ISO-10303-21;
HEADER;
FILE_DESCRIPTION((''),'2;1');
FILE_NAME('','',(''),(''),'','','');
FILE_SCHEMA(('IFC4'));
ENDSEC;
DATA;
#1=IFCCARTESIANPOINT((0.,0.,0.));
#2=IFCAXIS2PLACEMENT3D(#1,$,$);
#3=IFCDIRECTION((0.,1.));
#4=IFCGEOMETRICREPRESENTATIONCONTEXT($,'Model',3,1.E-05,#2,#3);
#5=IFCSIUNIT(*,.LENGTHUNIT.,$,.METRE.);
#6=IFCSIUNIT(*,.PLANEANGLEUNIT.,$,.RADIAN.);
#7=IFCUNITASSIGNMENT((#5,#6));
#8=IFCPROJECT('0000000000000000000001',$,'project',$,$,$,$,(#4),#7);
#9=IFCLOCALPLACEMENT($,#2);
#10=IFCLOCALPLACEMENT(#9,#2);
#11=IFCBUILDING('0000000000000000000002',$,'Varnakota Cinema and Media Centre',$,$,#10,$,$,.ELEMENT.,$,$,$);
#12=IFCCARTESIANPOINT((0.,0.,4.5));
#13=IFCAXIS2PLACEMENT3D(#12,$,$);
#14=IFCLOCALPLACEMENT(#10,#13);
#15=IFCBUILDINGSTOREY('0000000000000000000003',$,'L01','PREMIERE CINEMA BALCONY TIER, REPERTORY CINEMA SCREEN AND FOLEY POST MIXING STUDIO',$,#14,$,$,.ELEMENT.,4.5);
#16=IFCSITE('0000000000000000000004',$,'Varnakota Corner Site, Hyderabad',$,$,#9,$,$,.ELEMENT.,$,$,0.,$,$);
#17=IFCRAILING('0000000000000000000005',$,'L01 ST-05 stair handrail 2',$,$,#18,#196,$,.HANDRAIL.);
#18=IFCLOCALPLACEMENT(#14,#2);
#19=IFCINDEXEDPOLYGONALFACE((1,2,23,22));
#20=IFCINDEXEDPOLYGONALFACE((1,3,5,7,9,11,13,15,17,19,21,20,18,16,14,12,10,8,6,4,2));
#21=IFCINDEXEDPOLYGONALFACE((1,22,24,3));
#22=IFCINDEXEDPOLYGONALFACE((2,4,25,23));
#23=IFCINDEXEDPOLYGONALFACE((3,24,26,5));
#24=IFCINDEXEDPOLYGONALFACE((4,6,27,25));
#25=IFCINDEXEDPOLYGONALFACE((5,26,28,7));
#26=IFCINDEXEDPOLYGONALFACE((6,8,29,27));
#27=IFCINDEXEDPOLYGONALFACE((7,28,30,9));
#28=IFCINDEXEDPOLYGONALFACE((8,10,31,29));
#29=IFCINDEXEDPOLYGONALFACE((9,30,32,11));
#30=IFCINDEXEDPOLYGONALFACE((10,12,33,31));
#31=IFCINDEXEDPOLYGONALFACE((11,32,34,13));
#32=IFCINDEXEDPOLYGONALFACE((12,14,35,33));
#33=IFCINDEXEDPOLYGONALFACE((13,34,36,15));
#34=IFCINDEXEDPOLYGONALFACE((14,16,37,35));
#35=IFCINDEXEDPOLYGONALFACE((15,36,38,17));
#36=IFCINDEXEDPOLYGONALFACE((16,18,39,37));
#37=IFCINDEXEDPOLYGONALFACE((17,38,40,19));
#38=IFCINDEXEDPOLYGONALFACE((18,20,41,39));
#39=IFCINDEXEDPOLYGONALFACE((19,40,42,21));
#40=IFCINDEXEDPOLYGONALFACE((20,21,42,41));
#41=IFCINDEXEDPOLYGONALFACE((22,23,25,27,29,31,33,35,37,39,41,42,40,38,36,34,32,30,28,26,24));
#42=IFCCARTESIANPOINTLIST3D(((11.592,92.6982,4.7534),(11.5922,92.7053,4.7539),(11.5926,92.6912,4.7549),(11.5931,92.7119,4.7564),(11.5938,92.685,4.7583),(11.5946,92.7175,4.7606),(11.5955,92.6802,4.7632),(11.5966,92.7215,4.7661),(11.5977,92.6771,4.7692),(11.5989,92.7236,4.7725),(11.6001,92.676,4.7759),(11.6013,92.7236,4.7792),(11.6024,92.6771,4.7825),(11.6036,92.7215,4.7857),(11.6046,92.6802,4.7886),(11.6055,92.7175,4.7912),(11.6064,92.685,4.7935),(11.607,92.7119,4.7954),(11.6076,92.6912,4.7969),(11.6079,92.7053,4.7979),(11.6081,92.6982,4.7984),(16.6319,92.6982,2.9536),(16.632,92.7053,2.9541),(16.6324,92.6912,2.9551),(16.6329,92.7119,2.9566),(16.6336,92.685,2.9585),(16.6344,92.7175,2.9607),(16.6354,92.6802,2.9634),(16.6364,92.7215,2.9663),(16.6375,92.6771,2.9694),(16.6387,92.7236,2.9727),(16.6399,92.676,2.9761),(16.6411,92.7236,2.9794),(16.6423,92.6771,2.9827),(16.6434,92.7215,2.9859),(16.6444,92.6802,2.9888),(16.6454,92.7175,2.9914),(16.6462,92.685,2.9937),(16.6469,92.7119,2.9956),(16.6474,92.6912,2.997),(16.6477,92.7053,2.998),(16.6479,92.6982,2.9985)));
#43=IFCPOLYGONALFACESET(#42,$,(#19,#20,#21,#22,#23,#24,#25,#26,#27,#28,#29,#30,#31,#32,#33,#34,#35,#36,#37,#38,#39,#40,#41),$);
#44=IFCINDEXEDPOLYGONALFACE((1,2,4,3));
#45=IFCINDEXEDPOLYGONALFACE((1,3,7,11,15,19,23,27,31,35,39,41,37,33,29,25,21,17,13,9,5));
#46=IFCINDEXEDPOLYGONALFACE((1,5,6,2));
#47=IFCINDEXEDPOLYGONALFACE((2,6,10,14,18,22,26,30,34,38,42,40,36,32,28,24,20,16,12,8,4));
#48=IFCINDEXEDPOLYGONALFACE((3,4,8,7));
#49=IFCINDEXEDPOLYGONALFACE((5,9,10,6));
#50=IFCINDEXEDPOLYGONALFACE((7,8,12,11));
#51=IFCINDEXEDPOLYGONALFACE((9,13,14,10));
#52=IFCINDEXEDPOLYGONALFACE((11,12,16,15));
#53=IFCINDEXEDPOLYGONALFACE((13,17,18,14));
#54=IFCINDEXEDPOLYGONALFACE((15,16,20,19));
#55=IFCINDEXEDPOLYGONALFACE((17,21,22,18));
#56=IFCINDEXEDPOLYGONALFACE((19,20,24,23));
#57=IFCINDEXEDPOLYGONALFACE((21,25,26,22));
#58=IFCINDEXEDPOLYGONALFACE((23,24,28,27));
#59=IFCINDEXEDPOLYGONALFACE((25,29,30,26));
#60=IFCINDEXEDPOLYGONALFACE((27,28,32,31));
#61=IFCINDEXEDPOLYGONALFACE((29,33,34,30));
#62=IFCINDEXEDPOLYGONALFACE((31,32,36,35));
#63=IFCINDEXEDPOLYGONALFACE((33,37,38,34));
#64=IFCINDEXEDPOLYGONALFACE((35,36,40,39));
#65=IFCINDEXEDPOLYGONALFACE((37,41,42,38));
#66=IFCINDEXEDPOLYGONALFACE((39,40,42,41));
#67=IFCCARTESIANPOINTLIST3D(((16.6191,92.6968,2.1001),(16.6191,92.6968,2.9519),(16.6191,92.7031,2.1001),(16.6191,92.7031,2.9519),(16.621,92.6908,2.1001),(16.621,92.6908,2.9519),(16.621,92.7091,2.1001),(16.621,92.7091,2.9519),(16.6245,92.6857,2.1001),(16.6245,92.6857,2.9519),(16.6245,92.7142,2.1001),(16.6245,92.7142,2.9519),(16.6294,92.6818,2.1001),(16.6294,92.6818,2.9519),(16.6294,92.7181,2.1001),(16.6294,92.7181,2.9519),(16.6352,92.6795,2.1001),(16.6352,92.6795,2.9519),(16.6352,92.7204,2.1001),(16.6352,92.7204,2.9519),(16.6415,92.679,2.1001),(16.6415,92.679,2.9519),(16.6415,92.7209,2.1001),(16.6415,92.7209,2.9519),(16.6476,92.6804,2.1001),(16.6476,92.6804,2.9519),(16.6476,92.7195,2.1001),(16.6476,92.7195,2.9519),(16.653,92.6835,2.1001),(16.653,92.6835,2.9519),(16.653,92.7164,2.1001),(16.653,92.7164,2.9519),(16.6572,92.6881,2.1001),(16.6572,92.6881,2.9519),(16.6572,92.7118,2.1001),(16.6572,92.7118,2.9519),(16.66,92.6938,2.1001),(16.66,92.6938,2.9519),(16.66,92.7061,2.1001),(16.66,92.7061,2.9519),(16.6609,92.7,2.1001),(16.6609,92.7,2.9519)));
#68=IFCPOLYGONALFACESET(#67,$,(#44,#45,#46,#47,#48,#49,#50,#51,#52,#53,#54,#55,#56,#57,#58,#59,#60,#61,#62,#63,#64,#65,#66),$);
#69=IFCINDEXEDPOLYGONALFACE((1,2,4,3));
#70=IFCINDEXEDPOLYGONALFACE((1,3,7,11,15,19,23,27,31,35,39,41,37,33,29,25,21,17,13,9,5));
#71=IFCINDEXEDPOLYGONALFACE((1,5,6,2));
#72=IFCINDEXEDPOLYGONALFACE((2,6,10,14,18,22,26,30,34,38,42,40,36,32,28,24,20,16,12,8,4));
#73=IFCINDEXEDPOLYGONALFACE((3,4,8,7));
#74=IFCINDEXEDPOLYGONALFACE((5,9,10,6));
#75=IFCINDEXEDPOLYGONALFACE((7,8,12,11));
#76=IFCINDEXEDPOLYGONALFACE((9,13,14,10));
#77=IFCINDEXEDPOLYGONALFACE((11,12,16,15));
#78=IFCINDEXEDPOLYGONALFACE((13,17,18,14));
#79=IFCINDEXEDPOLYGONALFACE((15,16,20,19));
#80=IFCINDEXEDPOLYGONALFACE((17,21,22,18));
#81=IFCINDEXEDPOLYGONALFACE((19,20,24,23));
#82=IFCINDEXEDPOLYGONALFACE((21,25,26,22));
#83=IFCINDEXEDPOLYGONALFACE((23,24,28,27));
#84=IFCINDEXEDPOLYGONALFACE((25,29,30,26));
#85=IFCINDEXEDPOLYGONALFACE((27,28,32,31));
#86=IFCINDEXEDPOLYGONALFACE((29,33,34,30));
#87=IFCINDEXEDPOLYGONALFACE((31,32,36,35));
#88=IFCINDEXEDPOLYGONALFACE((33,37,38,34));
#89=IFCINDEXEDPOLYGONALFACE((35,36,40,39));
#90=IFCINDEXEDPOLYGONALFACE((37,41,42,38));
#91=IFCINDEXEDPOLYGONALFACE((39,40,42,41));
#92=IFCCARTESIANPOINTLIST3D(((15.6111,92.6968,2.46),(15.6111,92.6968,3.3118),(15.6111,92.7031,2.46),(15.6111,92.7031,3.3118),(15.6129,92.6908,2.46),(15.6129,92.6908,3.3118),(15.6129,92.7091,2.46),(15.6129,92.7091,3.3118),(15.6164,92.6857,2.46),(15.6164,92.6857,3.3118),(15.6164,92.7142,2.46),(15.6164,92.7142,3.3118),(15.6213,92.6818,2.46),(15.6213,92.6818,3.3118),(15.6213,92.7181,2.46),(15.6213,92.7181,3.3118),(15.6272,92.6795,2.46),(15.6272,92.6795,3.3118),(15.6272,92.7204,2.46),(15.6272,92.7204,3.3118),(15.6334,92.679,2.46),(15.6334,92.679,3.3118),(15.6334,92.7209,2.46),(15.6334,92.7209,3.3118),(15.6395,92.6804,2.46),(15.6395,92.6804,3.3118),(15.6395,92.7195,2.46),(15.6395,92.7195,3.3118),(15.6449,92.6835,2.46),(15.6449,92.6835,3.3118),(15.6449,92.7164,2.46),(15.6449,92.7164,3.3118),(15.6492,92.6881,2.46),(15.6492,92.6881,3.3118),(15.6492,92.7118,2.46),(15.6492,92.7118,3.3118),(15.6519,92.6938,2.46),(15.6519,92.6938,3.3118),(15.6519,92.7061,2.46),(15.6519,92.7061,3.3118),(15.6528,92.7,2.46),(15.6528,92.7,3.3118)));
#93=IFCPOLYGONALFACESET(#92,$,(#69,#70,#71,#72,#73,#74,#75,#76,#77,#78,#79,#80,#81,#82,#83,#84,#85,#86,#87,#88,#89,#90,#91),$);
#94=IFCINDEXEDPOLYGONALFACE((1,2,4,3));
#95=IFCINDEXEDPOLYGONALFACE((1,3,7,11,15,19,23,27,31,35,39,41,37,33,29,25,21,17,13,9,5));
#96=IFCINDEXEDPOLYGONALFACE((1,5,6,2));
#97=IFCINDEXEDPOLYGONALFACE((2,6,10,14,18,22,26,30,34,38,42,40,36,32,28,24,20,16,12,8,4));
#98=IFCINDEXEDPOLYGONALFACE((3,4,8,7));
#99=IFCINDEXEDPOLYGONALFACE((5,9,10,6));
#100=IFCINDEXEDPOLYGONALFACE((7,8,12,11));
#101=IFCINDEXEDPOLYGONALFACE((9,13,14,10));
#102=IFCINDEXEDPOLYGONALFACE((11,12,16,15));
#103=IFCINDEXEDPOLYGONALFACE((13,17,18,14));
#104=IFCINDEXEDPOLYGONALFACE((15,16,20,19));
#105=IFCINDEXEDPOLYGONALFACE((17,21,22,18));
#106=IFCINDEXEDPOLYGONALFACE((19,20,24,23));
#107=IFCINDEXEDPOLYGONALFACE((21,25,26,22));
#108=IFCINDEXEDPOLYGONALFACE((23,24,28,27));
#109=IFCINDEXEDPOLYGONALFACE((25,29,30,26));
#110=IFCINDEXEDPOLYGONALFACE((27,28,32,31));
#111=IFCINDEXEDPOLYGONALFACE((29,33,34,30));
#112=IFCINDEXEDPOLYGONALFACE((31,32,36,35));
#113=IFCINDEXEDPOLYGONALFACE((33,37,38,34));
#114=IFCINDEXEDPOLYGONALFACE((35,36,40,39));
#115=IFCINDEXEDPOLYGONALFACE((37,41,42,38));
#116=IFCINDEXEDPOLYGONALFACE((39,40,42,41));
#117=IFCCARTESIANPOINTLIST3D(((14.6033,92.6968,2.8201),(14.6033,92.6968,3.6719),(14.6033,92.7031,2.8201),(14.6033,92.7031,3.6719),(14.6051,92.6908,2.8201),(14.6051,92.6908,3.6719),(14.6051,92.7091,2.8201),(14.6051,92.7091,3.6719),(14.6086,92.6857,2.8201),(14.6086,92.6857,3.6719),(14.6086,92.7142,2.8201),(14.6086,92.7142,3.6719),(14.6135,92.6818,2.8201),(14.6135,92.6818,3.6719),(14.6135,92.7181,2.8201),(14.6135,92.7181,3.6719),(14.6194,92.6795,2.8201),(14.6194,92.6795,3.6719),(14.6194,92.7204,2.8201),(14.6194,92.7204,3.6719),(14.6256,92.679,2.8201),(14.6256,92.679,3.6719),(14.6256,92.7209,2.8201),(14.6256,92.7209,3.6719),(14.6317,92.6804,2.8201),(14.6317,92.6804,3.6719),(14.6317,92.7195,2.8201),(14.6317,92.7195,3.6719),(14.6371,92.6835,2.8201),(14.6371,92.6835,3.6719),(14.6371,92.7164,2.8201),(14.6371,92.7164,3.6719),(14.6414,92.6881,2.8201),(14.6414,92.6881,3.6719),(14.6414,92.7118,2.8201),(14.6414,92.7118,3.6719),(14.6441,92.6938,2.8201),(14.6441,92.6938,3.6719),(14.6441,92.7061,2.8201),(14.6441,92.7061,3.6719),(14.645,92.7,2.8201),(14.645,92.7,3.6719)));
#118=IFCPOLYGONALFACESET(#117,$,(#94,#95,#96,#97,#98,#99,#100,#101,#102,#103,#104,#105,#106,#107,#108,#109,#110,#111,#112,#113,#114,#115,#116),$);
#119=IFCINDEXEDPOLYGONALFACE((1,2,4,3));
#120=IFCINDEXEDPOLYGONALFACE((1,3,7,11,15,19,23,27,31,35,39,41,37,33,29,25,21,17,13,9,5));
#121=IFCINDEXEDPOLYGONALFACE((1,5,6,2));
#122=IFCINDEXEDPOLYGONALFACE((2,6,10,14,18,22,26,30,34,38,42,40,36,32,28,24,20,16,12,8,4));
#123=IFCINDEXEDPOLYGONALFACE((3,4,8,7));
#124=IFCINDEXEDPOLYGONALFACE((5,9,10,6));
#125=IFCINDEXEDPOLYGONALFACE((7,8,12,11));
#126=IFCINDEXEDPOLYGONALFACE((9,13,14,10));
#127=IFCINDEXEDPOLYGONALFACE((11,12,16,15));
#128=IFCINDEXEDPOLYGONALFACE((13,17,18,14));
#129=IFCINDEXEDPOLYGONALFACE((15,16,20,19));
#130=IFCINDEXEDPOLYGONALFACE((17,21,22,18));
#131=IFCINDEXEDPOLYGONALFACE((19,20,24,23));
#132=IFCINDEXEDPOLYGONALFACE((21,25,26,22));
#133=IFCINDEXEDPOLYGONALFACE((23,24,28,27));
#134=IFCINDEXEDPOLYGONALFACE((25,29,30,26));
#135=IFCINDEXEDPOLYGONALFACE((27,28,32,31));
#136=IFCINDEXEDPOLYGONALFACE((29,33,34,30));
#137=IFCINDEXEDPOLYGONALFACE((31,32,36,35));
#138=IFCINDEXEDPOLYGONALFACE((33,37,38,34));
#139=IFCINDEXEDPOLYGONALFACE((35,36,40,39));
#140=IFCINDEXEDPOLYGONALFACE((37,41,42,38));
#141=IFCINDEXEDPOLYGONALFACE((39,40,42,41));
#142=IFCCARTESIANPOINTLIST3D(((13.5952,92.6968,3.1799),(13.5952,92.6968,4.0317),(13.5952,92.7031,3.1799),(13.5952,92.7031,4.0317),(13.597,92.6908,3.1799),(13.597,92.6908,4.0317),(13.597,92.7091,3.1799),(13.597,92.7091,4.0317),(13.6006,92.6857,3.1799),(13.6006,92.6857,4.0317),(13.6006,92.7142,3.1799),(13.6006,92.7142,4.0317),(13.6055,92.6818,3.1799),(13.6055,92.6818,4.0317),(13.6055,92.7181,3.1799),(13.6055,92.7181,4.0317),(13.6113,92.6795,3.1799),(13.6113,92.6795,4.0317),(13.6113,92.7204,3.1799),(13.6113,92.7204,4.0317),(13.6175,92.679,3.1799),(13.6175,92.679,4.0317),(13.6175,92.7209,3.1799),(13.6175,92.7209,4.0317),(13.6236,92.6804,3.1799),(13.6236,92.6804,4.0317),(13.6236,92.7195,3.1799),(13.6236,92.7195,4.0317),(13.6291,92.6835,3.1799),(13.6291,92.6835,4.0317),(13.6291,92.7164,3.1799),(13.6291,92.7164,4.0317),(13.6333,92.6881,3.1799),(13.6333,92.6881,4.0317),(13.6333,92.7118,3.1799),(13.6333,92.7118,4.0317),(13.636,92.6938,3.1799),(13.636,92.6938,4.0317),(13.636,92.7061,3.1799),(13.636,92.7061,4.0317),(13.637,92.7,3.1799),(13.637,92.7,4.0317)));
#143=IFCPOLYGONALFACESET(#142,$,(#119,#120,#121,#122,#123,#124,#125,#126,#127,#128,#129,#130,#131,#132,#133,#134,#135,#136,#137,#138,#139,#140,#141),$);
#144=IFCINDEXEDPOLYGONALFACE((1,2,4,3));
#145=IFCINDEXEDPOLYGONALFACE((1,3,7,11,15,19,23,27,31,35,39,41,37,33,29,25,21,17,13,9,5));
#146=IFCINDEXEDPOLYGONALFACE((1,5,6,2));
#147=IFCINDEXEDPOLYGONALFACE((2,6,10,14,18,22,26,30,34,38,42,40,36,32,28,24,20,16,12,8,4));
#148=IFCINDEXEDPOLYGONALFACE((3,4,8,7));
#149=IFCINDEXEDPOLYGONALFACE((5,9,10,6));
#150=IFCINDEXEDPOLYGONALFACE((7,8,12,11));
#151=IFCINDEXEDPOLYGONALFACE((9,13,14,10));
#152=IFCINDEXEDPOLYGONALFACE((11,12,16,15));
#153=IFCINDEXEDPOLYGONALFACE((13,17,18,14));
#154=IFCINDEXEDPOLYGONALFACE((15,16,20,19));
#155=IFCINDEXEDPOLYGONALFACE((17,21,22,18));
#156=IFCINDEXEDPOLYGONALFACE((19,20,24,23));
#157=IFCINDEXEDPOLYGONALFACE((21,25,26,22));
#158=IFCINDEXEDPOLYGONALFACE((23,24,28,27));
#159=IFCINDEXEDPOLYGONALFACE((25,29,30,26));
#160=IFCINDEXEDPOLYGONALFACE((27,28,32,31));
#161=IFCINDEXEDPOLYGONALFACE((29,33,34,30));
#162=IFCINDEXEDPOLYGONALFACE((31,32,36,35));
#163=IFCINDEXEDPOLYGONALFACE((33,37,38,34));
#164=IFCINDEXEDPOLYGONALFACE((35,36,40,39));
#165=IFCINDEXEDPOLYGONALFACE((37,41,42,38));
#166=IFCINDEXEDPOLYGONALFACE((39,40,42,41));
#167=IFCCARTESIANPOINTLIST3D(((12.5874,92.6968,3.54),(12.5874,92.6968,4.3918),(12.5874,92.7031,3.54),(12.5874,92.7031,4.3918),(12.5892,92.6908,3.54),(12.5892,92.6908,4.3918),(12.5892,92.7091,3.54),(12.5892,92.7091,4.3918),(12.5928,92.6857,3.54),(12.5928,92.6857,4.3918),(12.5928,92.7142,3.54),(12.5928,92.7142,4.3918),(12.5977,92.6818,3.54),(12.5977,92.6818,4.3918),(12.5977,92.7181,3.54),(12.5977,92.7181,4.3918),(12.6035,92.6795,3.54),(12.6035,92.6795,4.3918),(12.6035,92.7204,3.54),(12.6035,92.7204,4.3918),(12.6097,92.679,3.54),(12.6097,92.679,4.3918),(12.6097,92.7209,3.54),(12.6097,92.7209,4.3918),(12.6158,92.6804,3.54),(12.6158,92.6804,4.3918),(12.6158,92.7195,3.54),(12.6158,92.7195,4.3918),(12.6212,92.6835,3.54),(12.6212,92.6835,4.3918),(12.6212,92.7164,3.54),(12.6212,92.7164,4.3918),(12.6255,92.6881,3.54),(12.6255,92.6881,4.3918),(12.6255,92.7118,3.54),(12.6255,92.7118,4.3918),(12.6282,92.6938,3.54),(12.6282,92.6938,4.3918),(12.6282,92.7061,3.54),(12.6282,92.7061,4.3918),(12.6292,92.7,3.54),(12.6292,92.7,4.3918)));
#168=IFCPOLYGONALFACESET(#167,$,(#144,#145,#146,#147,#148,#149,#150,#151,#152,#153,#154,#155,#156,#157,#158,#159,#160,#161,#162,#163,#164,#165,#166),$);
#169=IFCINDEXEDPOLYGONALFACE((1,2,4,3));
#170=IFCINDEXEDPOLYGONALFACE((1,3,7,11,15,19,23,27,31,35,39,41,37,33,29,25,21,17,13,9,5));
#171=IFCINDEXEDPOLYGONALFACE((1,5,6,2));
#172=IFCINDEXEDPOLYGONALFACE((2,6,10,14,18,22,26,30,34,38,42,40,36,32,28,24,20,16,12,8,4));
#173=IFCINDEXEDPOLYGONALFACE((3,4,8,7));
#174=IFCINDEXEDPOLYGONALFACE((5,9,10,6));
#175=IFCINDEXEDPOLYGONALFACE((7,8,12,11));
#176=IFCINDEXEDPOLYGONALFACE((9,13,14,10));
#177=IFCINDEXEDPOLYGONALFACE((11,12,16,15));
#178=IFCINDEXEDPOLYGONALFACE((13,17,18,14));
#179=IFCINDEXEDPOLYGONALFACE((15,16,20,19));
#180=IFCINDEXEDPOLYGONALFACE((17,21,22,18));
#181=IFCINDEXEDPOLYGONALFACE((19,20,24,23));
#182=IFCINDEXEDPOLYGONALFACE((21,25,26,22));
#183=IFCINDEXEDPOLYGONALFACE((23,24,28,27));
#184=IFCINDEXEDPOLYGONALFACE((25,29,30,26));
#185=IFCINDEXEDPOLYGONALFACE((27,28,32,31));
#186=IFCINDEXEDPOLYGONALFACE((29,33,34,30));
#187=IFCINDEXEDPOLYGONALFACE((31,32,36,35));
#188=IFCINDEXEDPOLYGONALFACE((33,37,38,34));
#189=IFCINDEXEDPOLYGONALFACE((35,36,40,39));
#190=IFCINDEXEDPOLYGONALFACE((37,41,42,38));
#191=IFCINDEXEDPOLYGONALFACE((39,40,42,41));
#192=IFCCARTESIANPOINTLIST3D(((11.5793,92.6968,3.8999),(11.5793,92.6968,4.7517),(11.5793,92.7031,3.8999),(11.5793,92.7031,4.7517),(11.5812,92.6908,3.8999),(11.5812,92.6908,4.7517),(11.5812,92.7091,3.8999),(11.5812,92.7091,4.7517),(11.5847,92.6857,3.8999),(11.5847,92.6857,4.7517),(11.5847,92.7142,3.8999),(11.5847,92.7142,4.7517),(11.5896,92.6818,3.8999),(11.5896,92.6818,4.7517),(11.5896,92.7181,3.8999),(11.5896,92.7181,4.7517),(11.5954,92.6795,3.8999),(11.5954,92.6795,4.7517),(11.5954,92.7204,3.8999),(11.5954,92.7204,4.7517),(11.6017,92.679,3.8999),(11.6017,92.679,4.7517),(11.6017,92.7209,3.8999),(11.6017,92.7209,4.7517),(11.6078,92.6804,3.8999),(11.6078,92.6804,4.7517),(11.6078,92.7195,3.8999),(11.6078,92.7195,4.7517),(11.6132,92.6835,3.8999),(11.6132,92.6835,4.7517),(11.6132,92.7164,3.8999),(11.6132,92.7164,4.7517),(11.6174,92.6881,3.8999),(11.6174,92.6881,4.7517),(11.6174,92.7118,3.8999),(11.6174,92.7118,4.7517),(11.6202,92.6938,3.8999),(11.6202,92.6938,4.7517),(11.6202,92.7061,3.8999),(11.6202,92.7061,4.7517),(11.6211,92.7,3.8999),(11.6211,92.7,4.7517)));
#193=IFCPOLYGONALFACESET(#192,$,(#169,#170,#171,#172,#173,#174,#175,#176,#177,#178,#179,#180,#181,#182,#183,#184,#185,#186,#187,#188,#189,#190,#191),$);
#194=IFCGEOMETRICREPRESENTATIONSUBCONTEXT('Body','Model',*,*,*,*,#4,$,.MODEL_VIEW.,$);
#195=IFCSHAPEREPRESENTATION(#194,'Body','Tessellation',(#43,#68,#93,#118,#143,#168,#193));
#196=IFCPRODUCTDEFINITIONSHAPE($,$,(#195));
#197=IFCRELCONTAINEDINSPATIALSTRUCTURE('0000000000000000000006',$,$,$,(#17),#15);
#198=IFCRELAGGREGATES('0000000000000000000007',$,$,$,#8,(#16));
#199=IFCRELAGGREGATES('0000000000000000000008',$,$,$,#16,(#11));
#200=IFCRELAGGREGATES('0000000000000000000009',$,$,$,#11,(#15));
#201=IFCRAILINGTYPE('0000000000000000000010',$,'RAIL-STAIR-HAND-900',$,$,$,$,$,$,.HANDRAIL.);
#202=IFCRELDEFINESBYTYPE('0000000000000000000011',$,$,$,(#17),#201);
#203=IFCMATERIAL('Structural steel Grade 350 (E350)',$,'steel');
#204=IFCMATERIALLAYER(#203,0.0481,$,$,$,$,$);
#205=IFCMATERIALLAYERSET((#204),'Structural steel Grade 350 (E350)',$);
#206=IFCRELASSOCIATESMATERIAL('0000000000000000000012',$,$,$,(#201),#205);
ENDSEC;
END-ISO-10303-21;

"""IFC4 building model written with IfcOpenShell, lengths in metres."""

from ifc_helpers import new_model, si_unit, direction, frame, origin, origin_2d, place, context, subcontext, project, spatial, circle, extrude, material, layer, layer_set, type_object, element, save


model = new_model("IFC4")

# Units and contexts
model_context = context("Model", 3, precision=1e-05, world=origin(), true_north=direction((0.0, 1.0)))
body_context = subcontext(model_context, "Body", "Model", "MODEL_VIEW")
ifc_project = project(units=[si_unit("LENGTHUNIT", "METRE"), si_unit("PLANEANGLEUNIT", "RADIAN")], contexts=[model_context])

# Site, building, storey
site_placement = place(None, origin())
site = spatial("IfcSite", under=ifc_project, at=site_placement, Name="Varnakota Corner Site, Hyderabad", CompositionType="ELEMENT", RefElevation=0.0)
building_placement = place(site_placement, origin())
building = spatial("IfcBuilding", under=site, at=building_placement, Name="Varnakota Cinema and Media Centre", CompositionType="ELEMENT")
storey_placement = place(building_placement, frame((0.0, 0.0, 4.5)))
storey = spatial("IfcBuildingStorey", under=building, at=storey_placement, Name="L01", Description="PREMIERE CINEMA BALCONY TIER, REPERTORY CINEMA SCREEN AND FOLEY POST MIXING STUDIO", CompositionType="ELEMENT", Elevation=4.5)

# Railing
ifc_material_1 = material(Name="Structural steel Grade 350 (E350)", Category="steel")
ifc_layer_1 = layer(ifc_material_1, 0.0481)
ifc_layer_set_1 = layer_set([ifc_layer_1], Name="Structural steel Grade 350 (E350)")
railing_type = type_object("IfcRailingType", Name="RAIL-STAIR-HAND-900", PredefinedType="HANDRAIL", material=ifc_layer_set_1)
railing_placement = place(storey_placement, frame((16.6399, 92.7, 2.1001)))
element("IfcRailing", 1, at=railing_placement, inside=storey, type_object=railing_type, Name="L01 ST-05 stair handrail 2", PredefinedType="HANDRAIL", context=body_context, shape_type="SweptSolid", body=[
    extrude(circle(Radius=0.0239, at=origin_2d()), frame((0.0, 0.0, 0.876), z_axis=(-0.941749, 0.0, 0.336316), x_axis=(0.0, -1.0, 0.0)), (0.0, 0.0, 1.0), 5.3516),
    extrude(circle(Radius=0.021, at=origin_2d()), origin(), (0.0, 0.0, 1.0), 0.8518),
    extrude(circle(Radius=0.021, at=origin_2d()), frame((-1.0081, 0.0, 0.3599)), (0.0, 0.0, 1.0), 0.8518),
    extrude(circle(Radius=0.021, at=origin_2d()), frame((-2.0159, 0.0, 0.72)), (0.0, 0.0, 1.0), 0.8518),
    extrude(circle(Radius=0.021, at=origin_2d()), frame((-3.0239, 0.0, 1.0798)), (0.0, 0.0, 1.0), 0.8518),
    extrude(circle(Radius=0.021, at=origin_2d()), frame((-4.0317, 0.0, 1.4399)), (0.0, 0.0, 1.0), 0.8518),
    extrude(circle(Radius=0.021, at=origin_2d()), frame((-5.0398, 0.0, 1.7998)), (0.0, 0.0, 1.0), 0.8518),
])

save(model, "model.ifc")
